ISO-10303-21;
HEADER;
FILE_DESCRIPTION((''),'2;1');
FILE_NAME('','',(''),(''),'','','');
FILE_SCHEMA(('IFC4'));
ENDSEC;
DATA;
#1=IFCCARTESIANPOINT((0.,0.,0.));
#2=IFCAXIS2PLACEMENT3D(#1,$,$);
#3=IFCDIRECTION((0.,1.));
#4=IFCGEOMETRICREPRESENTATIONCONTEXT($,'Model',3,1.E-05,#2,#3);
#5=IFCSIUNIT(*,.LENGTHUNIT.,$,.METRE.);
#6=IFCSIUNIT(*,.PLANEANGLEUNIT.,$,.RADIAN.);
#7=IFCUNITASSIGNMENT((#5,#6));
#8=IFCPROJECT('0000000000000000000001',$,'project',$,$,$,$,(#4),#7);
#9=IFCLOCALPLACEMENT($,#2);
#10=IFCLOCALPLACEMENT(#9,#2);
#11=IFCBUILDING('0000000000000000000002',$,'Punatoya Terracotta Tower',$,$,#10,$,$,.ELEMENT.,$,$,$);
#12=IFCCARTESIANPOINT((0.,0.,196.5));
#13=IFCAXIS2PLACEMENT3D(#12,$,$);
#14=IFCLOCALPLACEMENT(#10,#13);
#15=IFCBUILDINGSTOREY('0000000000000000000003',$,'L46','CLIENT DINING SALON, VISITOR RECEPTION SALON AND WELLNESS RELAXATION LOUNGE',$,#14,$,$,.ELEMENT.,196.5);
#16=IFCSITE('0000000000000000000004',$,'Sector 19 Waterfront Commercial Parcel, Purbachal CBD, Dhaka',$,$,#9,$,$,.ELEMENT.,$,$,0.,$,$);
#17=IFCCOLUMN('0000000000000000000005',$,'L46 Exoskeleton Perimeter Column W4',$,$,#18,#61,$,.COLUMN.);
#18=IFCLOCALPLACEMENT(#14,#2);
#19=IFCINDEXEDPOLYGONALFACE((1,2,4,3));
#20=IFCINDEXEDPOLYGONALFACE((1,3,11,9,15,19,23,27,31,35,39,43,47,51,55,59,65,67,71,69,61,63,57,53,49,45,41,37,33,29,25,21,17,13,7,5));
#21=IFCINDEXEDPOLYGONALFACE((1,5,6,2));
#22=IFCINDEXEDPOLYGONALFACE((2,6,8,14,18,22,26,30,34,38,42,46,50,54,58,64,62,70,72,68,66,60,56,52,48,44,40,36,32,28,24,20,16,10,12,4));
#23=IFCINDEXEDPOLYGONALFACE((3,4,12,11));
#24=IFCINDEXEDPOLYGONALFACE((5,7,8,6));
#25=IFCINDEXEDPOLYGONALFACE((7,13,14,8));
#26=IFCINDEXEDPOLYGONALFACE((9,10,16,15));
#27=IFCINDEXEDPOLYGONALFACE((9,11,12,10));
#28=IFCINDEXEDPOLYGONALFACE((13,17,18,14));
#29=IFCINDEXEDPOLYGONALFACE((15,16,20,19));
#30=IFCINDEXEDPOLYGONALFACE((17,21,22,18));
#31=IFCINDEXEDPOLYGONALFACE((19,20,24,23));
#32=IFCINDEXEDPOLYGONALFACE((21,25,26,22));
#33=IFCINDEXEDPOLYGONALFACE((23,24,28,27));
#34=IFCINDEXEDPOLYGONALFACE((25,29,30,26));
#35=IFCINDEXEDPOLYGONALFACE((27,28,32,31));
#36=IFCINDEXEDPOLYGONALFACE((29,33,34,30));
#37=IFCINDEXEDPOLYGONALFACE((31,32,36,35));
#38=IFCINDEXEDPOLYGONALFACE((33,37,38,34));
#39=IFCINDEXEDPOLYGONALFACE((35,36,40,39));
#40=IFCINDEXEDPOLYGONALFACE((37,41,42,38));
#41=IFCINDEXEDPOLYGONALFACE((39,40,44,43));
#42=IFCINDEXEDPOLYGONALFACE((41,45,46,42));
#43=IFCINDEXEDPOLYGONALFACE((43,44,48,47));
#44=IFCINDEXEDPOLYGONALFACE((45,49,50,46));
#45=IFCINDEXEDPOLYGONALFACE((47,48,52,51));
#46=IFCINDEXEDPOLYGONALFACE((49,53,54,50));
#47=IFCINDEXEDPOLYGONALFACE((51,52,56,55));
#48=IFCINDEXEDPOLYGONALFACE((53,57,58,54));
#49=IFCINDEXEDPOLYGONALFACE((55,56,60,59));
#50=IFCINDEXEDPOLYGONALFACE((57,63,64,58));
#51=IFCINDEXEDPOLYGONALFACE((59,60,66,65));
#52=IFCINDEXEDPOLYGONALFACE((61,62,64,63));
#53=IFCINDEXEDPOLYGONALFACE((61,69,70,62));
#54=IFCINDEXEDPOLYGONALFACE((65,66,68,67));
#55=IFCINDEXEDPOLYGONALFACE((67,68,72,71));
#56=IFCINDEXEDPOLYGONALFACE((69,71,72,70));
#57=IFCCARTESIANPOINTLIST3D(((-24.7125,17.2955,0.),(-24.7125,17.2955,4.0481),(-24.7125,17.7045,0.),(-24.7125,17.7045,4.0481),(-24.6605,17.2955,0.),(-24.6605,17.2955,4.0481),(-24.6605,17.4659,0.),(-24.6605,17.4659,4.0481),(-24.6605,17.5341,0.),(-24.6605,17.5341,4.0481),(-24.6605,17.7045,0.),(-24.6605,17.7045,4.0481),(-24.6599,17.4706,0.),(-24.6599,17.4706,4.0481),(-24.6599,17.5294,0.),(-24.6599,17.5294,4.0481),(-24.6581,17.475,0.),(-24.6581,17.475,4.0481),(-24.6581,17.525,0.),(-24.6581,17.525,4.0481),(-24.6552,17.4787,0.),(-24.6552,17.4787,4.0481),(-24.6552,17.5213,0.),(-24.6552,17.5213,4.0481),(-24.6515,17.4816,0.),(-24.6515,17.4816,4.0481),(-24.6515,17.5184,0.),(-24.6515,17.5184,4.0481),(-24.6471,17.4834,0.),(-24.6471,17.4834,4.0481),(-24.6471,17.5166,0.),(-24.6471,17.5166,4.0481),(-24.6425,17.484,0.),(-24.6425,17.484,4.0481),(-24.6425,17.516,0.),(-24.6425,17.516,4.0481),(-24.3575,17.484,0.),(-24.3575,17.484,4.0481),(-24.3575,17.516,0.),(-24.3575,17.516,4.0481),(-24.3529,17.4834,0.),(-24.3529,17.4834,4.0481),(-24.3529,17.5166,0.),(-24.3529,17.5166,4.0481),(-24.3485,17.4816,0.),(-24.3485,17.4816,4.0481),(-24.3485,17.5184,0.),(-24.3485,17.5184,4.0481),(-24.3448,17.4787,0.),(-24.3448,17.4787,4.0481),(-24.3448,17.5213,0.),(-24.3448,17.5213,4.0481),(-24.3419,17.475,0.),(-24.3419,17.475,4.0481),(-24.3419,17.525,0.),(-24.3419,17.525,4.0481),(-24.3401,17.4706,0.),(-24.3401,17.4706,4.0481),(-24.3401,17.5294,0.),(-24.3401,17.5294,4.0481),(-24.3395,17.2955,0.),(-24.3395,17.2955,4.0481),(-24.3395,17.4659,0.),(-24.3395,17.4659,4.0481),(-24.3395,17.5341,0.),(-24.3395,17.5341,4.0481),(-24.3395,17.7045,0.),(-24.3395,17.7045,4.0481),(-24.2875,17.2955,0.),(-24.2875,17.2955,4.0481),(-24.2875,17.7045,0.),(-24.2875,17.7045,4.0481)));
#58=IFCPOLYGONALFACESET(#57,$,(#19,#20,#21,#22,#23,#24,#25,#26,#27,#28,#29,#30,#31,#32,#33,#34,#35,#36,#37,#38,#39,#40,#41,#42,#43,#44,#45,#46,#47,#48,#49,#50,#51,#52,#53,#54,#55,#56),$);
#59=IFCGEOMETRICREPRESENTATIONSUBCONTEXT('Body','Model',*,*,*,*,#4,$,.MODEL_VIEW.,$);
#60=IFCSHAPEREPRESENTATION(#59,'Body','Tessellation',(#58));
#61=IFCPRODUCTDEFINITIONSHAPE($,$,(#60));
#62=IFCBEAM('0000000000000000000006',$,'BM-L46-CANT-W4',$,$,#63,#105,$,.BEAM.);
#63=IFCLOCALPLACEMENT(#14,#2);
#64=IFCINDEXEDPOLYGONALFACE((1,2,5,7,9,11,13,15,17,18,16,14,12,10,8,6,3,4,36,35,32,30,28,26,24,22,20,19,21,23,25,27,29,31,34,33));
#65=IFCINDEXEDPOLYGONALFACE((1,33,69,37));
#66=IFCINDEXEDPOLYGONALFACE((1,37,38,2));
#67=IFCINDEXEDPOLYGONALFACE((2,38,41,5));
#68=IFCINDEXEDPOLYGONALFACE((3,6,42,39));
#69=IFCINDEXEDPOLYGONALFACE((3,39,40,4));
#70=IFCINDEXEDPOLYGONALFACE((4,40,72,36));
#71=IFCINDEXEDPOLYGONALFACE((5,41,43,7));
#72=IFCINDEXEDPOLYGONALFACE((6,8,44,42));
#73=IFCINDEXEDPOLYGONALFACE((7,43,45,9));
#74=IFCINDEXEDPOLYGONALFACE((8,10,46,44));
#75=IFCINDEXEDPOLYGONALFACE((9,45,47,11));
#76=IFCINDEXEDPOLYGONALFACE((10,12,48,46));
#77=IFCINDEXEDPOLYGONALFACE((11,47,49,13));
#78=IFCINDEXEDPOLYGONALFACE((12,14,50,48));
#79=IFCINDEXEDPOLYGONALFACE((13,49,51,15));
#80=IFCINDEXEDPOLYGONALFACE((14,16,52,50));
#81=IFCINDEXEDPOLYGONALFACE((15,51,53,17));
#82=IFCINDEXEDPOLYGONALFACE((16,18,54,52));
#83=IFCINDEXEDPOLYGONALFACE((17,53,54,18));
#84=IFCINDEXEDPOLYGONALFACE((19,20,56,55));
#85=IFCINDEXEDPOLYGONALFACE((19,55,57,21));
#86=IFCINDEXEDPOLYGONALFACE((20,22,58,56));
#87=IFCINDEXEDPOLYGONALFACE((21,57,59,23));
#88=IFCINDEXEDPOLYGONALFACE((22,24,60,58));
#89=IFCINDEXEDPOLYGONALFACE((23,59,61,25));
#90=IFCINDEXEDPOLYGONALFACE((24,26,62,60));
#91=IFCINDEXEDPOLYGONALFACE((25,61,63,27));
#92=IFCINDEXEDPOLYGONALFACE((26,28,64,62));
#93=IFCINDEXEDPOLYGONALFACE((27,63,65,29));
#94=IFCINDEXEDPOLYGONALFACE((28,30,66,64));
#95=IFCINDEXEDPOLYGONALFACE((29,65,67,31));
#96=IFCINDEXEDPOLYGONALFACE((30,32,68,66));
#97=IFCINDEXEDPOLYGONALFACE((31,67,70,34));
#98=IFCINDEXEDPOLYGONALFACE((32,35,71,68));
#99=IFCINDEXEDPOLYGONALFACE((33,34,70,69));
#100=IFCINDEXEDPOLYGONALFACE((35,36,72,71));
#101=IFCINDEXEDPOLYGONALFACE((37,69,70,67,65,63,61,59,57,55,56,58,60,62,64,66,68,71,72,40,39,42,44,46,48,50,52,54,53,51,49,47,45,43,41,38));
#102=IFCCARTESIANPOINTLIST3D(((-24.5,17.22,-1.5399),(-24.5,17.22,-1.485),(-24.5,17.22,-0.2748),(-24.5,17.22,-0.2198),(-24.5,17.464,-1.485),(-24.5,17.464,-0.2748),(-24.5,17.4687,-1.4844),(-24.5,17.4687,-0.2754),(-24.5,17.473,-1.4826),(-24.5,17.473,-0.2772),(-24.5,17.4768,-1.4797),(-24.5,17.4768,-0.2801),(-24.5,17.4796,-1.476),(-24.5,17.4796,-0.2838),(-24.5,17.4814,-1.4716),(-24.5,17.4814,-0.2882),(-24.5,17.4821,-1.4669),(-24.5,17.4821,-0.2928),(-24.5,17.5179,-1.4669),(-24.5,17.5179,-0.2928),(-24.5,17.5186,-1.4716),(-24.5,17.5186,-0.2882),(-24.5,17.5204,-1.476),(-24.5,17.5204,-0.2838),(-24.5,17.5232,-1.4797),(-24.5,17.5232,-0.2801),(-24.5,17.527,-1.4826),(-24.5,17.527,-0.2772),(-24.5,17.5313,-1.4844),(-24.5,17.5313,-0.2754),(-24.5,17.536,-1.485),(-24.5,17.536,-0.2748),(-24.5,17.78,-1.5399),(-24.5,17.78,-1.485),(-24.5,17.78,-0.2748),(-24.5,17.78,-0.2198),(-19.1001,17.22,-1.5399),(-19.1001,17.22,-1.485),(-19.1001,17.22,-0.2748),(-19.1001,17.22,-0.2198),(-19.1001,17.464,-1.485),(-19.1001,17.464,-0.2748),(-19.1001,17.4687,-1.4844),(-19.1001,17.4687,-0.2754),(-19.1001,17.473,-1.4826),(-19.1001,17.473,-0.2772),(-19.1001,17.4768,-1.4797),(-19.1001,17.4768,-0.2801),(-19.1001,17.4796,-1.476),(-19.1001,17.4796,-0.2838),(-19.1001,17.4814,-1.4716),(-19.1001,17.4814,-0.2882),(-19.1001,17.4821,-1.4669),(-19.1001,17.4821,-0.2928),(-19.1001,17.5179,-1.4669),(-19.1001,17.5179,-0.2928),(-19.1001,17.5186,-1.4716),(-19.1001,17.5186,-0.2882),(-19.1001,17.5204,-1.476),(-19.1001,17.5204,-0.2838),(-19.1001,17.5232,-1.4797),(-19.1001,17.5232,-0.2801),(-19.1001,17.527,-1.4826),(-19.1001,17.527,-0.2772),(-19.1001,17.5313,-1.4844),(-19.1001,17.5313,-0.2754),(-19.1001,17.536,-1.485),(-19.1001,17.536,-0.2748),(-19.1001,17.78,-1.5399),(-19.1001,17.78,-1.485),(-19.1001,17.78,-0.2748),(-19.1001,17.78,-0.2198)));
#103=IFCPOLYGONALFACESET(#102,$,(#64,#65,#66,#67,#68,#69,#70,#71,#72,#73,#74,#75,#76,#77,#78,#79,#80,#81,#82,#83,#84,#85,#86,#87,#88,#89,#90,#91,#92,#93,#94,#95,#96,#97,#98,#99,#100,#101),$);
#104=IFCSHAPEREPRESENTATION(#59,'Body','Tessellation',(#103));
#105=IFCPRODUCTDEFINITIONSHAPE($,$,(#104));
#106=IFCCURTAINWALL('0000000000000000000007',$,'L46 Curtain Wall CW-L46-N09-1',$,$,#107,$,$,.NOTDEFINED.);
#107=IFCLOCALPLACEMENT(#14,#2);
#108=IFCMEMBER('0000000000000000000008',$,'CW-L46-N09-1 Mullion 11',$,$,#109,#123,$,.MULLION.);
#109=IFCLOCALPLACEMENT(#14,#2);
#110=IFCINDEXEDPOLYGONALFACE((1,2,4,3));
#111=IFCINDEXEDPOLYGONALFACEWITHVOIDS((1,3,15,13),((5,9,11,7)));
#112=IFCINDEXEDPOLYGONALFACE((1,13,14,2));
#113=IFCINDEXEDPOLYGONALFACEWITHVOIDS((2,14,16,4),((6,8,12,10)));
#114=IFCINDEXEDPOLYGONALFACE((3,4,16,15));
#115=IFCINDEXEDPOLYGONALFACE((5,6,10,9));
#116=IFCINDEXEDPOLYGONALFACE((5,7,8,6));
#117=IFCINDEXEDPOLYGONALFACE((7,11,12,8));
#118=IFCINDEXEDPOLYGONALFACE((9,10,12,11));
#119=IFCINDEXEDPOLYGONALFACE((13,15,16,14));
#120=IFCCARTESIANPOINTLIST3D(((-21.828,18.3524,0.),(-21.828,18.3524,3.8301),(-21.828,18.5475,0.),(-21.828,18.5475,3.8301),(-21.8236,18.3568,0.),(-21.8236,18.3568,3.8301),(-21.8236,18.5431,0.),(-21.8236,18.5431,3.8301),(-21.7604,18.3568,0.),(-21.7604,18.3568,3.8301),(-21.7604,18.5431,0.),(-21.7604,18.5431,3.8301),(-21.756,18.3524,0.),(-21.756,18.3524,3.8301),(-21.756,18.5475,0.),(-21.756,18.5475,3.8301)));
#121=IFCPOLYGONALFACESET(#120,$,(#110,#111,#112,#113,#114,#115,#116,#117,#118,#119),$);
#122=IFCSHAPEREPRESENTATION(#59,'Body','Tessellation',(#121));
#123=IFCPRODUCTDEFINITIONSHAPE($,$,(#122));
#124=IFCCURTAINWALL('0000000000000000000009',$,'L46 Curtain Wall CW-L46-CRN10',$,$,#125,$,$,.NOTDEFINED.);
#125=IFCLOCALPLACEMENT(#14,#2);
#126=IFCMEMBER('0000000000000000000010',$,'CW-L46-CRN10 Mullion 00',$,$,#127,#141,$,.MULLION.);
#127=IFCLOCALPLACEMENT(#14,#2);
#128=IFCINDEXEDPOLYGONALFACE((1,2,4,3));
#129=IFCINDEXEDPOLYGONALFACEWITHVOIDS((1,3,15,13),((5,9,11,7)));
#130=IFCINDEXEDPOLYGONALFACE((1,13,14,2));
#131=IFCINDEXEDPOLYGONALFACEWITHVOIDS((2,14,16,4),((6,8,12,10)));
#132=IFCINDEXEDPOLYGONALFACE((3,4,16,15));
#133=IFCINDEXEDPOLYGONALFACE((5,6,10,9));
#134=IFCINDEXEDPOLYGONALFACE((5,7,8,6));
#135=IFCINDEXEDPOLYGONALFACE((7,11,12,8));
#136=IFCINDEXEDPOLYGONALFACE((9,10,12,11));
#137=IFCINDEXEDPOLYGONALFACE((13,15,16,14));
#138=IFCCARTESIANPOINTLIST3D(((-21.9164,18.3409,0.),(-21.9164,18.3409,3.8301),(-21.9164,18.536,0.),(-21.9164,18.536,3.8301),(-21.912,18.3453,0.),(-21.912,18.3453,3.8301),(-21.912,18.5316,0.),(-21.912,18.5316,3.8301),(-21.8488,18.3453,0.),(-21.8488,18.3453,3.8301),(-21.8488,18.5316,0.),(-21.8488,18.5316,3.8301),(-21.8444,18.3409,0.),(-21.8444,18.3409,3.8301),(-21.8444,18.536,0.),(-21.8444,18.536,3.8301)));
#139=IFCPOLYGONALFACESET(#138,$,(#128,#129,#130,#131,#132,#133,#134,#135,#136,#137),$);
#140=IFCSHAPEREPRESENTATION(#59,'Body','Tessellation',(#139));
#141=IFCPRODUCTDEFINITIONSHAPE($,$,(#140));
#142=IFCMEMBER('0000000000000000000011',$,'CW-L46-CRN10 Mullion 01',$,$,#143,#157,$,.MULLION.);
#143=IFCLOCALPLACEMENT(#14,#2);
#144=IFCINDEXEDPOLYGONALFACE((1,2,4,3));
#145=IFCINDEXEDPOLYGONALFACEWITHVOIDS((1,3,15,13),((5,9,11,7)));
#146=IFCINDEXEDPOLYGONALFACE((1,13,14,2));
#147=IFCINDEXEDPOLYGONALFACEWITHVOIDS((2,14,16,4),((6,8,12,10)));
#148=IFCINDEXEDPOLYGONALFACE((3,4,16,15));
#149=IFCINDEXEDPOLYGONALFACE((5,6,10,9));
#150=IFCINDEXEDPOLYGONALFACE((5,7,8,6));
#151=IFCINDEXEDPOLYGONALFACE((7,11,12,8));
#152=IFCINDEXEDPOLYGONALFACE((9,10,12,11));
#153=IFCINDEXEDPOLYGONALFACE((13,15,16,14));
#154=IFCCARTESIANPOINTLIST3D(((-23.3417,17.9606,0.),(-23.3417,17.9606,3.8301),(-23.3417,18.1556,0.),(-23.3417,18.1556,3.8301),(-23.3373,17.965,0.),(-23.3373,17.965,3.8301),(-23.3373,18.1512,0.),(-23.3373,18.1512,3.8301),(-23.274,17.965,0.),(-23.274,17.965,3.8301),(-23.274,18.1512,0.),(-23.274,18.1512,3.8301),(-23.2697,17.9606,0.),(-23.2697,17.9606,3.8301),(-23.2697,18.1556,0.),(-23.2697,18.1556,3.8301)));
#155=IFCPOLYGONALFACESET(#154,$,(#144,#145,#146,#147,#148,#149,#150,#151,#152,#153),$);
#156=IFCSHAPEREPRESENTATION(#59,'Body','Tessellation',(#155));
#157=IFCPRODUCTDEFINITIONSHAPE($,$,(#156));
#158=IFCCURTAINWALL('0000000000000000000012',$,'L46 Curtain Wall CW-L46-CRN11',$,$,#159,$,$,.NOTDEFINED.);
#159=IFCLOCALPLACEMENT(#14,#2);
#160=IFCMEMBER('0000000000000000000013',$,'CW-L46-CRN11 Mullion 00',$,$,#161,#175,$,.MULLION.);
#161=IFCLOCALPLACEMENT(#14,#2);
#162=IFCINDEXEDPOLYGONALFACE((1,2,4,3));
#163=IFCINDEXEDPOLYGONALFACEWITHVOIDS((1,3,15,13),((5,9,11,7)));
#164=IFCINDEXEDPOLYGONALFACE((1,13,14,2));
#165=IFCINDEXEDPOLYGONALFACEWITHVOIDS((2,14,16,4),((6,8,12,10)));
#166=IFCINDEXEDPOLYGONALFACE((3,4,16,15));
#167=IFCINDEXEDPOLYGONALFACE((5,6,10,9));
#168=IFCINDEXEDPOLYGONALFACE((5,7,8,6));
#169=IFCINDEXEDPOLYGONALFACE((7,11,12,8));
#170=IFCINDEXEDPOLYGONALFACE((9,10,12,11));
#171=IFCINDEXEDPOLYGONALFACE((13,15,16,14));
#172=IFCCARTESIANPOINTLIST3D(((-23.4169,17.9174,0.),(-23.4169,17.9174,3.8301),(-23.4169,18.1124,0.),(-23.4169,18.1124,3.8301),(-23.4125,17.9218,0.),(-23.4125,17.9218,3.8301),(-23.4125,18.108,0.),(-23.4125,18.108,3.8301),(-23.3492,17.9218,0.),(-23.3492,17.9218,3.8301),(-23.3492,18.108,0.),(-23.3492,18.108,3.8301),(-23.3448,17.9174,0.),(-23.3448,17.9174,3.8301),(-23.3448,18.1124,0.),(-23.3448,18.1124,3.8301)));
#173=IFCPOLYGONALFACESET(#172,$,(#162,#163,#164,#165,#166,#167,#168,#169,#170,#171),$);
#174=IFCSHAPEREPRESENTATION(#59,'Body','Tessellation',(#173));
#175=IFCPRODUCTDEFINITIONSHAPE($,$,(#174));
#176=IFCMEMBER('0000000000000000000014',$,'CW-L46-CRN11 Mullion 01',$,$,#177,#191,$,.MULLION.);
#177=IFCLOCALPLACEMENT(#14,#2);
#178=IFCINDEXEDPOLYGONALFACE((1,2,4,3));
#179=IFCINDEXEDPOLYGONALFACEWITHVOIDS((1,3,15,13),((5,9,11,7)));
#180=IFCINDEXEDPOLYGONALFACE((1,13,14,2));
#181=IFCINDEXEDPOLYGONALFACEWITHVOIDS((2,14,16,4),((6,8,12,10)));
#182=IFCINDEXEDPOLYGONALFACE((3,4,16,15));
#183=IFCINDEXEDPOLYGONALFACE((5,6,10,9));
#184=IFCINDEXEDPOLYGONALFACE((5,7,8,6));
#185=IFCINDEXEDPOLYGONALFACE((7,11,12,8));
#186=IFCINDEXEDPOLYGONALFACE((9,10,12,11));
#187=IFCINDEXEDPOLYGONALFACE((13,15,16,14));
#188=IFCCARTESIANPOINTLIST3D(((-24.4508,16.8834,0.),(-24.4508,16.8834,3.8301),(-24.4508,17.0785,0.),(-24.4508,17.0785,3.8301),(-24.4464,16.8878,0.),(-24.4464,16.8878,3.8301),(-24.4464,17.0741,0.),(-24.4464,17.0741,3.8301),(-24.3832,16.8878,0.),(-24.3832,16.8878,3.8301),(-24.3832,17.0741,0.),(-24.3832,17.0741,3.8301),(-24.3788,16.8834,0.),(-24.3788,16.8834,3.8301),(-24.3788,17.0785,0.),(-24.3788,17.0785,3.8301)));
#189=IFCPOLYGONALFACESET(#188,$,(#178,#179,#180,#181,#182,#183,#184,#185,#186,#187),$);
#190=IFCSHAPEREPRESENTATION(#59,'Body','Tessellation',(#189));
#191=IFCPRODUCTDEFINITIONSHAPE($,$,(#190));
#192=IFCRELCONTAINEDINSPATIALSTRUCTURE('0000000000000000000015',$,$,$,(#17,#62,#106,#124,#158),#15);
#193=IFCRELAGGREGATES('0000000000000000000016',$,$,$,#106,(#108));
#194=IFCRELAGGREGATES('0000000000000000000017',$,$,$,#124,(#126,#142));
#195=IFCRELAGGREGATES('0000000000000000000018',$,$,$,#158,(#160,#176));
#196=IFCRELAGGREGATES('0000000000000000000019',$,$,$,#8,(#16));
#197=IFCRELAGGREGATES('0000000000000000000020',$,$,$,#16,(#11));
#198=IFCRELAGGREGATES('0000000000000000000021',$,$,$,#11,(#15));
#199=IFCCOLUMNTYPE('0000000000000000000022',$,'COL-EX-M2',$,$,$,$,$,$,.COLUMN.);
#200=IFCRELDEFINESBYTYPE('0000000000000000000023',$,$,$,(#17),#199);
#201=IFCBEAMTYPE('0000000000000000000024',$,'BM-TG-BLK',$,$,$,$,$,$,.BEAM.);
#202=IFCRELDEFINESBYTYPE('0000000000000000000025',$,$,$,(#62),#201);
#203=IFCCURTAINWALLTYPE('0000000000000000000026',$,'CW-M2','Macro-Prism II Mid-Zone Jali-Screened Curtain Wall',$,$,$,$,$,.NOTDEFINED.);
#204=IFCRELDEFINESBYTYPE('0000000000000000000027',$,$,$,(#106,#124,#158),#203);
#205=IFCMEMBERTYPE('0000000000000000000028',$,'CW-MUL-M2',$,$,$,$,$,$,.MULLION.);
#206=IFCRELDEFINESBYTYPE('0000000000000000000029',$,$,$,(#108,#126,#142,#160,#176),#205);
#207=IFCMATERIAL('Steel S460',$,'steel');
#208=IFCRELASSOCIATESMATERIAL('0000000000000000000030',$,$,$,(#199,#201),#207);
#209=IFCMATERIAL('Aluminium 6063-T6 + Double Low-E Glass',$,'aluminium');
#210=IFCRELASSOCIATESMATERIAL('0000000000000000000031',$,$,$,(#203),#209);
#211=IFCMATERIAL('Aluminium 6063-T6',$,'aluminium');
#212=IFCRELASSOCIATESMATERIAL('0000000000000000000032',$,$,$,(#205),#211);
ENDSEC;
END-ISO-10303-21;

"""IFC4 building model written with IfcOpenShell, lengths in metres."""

from ifc_helpers import new_model, si_unit, direction, frame, origin, origin_2d, place, context, subcontext, project, spatial, hollow_rectangle, i_section, extrude, material, material_profile, profile_set, type_object, element, aggregate, save


model = new_model("IFC4")

# Units and contexts
model_context = context("Model", 3, precision=1e-05, world=origin(), true_north=direction((0.0, 1.0)))
body_context = subcontext(model_context, "Body", "Model", "MODEL_VIEW")
ifc_project = project(units=[si_unit("LENGTHUNIT", "METRE"), si_unit("PLANEANGLEUNIT", "RADIAN")], contexts=[model_context])

# Site, building, storey
site_placement = place(None, origin())
site = spatial("IfcSite", under=ifc_project, at=site_placement, Name="Sector 19 Waterfront Commercial Parcel, Purbachal CBD, Dhaka", CompositionType="ELEMENT", RefElevation=0.0)
building_placement = place(site_placement, origin())
building = spatial("IfcBuilding", under=site, at=building_placement, Name="Punatoya Terracotta Tower", CompositionType="ELEMENT")
storey_placement = place(building_placement, frame((0.0, 0.0, 196.5)))
storey = spatial("IfcBuildingStorey", under=building, at=storey_placement, Name="L46", Description="CLIENT DINING SALON, VISITOR RECEPTION SALON AND WELLNESS RELAXATION LOUNGE", CompositionType="ELEMENT", Elevation=196.5)

# Column
ifc_material_1 = material(Name="Steel S460", Category="steel")
ifc_material_profile_1 = material_profile(ifc_material_1, i_section(OverallWidth=0.4089, OverallDepth=0.425, WebThickness=0.032, FlangeThickness=0.052, FilletRadius=0.0181, at=origin_2d()))
ifc_profile_set_1 = profile_set([ifc_material_profile_1], Name="Steel S460")
column_type = type_object("IfcColumnType", Name="COL-EX-M2", PredefinedType="COLUMN", material=ifc_profile_set_1)
column_placement = place(storey_placement, frame((-24.5, 17.5, 0.0), z_axis=(0.0, 0.0, 1.0), x_axis=(0.0, 1.0, 0.0)))
element("IfcColumn", 1, at=column_placement, inside=storey, type_object=column_type, Name="L46 Exoskeleton Perimeter Column W4", PredefinedType="COLUMN", context=body_context, shape_type="SweptSolid", body=[
    extrude(i_section(OverallWidth=0.4089, OverallDepth=0.425, WebThickness=0.032, FlangeThickness=0.052, FilletRadius=0.0181, at=origin_2d()), origin(), (0.0, 0.0, 1.0), 4.0481),
])

# Beam
ifc_material_profile_2 = material_profile(ifc_material_1, i_section(OverallWidth=0.5601, OverallDepth=1.3201, WebThickness=0.0359, FlangeThickness=0.0549, FilletRadius=0.0181, at=origin_2d()))
ifc_profile_set_2 = profile_set([ifc_material_profile_2], Name="Steel S460")
beam_type = type_object("IfcBeamType", Name="BM-TG-BLK", PredefinedType="BEAM", material=ifc_profile_set_2)
beam_placement = place(storey_placement, frame((-24.5, 17.5, -0.8799), z_axis=(1.0, 0.0, 0.0), x_axis=(0.0, 1.0, 0.0)))
element("IfcBeam", 2, at=beam_placement, inside=storey, type_object=beam_type, Name="BM-L46-CANT-W4", PredefinedType="BEAM", context=body_context, shape_type="SweptSolid", body=[
    extrude(i_section(OverallWidth=0.5601, OverallDepth=1.3201, WebThickness=0.0359, FlangeThickness=0.0549, FilletRadius=0.0181, at=origin_2d()), origin(), (0.0, 0.0, 1.0), 5.3999),
])

# Curtain wall, member
ifc_material_2 = material(Name="Aluminium 6063-T6 + Double Low-E Glass", Category="aluminium")
curtain_wall_type = type_object("IfcCurtainWallType", Name="CW-M2", Description="Macro-Prism II Mid-Zone Jali-Screened Curtain Wall", PredefinedType="NOTDEFINED", material=ifc_material_2)
curtain_wall_1_placement = place(storey_placement, origin())
curtain_wall_1 = element("IfcCurtainWall", 3, at=curtain_wall_1_placement, inside=storey, type_object=curtain_wall_type, Name="L46 Curtain Wall CW-L46-N09-1", PredefinedType="NOTDEFINED")
ifc_material_3 = material(Name="Aluminium 6063-T6", Category="aluminium")
ifc_material_profile_3 = material_profile(ifc_material_3, hollow_rectangle(XDim=0.072, YDim=0.1951, WallThickness=0.0044, at=origin_2d()))
ifc_profile_set_3 = profile_set([ifc_material_profile_3], Name="Aluminium 6063-T6")
member_type_1 = type_object("IfcMemberType", Name="CW-MUL-M2", PredefinedType="MULLION", material=ifc_profile_set_3)
member_1_placement = place(storey_placement, frame((-21.792, 18.45, 0.0), z_axis=(0.0, 0.0, 1.0), x_axis=(1.0, 0.0, 0.0)))
member_1 = element("IfcMember", 4, at=member_1_placement, type_object=member_type_1, Name="CW-L46-N09-1 Mullion 11", PredefinedType="MULLION", context=body_context, shape_type="SweptSolid", body=[
    extrude(hollow_rectangle(XDim=0.072, YDim=0.1951, WallThickness=0.0044, at=origin_2d()), origin(), (0.0, 0.0, 1.0), 3.8301),
])

# Curtain walls, members
curtain_wall_2_placement = place(storey_placement, origin())
curtain_wall_2 = element("IfcCurtainWall", 5, at=curtain_wall_2_placement, inside=storey, type_object=curtain_wall_type, Name="L46 Curtain Wall CW-L46-CRN10", PredefinedType="NOTDEFINED")
member_2_placement = place(storey_placement, frame((-21.8804, 18.4385, 0.0), z_axis=(0.0, 0.0, 1.0), x_axis=(1.0, 0.0, 0.0)))
member_2 = element("IfcMember", 6, at=member_2_placement, type_object=member_type_1, Name="CW-L46-CRN10 Mullion 00", PredefinedType="MULLION", context=body_context, shape_type="SweptSolid", body=[
    extrude(hollow_rectangle(XDim=0.072, YDim=0.1951, WallThickness=0.0044, at=origin_2d()), origin(), (0.0, 0.0, 1.0), 3.8301),
])
member_3_placement = place(storey_placement, frame((-23.3057, 18.0581, 0.0), z_axis=(0.0, 0.0, 1.0), x_axis=(1.0, 0.0, 0.0)))
member_3 = element("IfcMember", 7, at=member_3_placement, type_object=member_type_1, Name="CW-L46-CRN10 Mullion 01", PredefinedType="MULLION", context=body_context, shape_type="SweptSolid", body=[
    extrude(hollow_rectangle(XDim=0.072, YDim=0.1951, WallThickness=0.0044, at=origin_2d()), origin(), (0.0, 0.0, 1.0), 3.8301),
])
curtain_wall_3_placement = place(storey_placement, origin())
curtain_wall_3 = element("IfcCurtainWall", 8, at=curtain_wall_3_placement, inside=storey, type_object=curtain_wall_type, Name="L46 Curtain Wall CW-L46-CRN11", PredefinedType="NOTDEFINED")
member_4_placement = place(storey_placement, frame((-23.3809, 18.0149, 0.0), z_axis=(0.0, 0.0, 1.0), x_axis=(1.0, 0.0, 0.0)))
member_4 = element("IfcMember", 9, at=member_4_placement, type_object=member_type_1, Name="CW-L46-CRN11 Mullion 00", PredefinedType="MULLION", context=body_context, shape_type="SweptSolid", body=[
    extrude(hollow_rectangle(XDim=0.072, YDim=0.1951, WallThickness=0.0044, at=origin_2d()), origin(), (0.0, 0.0, 1.0), 3.8301),
])
member_5_placement = place(storey_placement, frame((-24.4148, 16.981, 0.0), z_axis=(0.0, 0.0, 1.0), x_axis=(1.0, 0.0, 0.0)))
member_5 = element("IfcMember", 10, at=member_5_placement, type_object=member_type_1, Name="CW-L46-CRN11 Mullion 01", PredefinedType="MULLION", context=body_context, shape_type="SweptSolid", body=[
    extrude(hollow_rectangle(XDim=0.072, YDim=0.1951, WallThickness=0.0044, at=origin_2d()), origin(), (0.0, 0.0, 1.0), 3.8301),
])

aggregate(curtain_wall_1, [member_1])
aggregate(curtain_wall_2, [member_2, member_3])
aggregate(curtain_wall_3, [member_4, member_5])

save(model, "model.ifc")
